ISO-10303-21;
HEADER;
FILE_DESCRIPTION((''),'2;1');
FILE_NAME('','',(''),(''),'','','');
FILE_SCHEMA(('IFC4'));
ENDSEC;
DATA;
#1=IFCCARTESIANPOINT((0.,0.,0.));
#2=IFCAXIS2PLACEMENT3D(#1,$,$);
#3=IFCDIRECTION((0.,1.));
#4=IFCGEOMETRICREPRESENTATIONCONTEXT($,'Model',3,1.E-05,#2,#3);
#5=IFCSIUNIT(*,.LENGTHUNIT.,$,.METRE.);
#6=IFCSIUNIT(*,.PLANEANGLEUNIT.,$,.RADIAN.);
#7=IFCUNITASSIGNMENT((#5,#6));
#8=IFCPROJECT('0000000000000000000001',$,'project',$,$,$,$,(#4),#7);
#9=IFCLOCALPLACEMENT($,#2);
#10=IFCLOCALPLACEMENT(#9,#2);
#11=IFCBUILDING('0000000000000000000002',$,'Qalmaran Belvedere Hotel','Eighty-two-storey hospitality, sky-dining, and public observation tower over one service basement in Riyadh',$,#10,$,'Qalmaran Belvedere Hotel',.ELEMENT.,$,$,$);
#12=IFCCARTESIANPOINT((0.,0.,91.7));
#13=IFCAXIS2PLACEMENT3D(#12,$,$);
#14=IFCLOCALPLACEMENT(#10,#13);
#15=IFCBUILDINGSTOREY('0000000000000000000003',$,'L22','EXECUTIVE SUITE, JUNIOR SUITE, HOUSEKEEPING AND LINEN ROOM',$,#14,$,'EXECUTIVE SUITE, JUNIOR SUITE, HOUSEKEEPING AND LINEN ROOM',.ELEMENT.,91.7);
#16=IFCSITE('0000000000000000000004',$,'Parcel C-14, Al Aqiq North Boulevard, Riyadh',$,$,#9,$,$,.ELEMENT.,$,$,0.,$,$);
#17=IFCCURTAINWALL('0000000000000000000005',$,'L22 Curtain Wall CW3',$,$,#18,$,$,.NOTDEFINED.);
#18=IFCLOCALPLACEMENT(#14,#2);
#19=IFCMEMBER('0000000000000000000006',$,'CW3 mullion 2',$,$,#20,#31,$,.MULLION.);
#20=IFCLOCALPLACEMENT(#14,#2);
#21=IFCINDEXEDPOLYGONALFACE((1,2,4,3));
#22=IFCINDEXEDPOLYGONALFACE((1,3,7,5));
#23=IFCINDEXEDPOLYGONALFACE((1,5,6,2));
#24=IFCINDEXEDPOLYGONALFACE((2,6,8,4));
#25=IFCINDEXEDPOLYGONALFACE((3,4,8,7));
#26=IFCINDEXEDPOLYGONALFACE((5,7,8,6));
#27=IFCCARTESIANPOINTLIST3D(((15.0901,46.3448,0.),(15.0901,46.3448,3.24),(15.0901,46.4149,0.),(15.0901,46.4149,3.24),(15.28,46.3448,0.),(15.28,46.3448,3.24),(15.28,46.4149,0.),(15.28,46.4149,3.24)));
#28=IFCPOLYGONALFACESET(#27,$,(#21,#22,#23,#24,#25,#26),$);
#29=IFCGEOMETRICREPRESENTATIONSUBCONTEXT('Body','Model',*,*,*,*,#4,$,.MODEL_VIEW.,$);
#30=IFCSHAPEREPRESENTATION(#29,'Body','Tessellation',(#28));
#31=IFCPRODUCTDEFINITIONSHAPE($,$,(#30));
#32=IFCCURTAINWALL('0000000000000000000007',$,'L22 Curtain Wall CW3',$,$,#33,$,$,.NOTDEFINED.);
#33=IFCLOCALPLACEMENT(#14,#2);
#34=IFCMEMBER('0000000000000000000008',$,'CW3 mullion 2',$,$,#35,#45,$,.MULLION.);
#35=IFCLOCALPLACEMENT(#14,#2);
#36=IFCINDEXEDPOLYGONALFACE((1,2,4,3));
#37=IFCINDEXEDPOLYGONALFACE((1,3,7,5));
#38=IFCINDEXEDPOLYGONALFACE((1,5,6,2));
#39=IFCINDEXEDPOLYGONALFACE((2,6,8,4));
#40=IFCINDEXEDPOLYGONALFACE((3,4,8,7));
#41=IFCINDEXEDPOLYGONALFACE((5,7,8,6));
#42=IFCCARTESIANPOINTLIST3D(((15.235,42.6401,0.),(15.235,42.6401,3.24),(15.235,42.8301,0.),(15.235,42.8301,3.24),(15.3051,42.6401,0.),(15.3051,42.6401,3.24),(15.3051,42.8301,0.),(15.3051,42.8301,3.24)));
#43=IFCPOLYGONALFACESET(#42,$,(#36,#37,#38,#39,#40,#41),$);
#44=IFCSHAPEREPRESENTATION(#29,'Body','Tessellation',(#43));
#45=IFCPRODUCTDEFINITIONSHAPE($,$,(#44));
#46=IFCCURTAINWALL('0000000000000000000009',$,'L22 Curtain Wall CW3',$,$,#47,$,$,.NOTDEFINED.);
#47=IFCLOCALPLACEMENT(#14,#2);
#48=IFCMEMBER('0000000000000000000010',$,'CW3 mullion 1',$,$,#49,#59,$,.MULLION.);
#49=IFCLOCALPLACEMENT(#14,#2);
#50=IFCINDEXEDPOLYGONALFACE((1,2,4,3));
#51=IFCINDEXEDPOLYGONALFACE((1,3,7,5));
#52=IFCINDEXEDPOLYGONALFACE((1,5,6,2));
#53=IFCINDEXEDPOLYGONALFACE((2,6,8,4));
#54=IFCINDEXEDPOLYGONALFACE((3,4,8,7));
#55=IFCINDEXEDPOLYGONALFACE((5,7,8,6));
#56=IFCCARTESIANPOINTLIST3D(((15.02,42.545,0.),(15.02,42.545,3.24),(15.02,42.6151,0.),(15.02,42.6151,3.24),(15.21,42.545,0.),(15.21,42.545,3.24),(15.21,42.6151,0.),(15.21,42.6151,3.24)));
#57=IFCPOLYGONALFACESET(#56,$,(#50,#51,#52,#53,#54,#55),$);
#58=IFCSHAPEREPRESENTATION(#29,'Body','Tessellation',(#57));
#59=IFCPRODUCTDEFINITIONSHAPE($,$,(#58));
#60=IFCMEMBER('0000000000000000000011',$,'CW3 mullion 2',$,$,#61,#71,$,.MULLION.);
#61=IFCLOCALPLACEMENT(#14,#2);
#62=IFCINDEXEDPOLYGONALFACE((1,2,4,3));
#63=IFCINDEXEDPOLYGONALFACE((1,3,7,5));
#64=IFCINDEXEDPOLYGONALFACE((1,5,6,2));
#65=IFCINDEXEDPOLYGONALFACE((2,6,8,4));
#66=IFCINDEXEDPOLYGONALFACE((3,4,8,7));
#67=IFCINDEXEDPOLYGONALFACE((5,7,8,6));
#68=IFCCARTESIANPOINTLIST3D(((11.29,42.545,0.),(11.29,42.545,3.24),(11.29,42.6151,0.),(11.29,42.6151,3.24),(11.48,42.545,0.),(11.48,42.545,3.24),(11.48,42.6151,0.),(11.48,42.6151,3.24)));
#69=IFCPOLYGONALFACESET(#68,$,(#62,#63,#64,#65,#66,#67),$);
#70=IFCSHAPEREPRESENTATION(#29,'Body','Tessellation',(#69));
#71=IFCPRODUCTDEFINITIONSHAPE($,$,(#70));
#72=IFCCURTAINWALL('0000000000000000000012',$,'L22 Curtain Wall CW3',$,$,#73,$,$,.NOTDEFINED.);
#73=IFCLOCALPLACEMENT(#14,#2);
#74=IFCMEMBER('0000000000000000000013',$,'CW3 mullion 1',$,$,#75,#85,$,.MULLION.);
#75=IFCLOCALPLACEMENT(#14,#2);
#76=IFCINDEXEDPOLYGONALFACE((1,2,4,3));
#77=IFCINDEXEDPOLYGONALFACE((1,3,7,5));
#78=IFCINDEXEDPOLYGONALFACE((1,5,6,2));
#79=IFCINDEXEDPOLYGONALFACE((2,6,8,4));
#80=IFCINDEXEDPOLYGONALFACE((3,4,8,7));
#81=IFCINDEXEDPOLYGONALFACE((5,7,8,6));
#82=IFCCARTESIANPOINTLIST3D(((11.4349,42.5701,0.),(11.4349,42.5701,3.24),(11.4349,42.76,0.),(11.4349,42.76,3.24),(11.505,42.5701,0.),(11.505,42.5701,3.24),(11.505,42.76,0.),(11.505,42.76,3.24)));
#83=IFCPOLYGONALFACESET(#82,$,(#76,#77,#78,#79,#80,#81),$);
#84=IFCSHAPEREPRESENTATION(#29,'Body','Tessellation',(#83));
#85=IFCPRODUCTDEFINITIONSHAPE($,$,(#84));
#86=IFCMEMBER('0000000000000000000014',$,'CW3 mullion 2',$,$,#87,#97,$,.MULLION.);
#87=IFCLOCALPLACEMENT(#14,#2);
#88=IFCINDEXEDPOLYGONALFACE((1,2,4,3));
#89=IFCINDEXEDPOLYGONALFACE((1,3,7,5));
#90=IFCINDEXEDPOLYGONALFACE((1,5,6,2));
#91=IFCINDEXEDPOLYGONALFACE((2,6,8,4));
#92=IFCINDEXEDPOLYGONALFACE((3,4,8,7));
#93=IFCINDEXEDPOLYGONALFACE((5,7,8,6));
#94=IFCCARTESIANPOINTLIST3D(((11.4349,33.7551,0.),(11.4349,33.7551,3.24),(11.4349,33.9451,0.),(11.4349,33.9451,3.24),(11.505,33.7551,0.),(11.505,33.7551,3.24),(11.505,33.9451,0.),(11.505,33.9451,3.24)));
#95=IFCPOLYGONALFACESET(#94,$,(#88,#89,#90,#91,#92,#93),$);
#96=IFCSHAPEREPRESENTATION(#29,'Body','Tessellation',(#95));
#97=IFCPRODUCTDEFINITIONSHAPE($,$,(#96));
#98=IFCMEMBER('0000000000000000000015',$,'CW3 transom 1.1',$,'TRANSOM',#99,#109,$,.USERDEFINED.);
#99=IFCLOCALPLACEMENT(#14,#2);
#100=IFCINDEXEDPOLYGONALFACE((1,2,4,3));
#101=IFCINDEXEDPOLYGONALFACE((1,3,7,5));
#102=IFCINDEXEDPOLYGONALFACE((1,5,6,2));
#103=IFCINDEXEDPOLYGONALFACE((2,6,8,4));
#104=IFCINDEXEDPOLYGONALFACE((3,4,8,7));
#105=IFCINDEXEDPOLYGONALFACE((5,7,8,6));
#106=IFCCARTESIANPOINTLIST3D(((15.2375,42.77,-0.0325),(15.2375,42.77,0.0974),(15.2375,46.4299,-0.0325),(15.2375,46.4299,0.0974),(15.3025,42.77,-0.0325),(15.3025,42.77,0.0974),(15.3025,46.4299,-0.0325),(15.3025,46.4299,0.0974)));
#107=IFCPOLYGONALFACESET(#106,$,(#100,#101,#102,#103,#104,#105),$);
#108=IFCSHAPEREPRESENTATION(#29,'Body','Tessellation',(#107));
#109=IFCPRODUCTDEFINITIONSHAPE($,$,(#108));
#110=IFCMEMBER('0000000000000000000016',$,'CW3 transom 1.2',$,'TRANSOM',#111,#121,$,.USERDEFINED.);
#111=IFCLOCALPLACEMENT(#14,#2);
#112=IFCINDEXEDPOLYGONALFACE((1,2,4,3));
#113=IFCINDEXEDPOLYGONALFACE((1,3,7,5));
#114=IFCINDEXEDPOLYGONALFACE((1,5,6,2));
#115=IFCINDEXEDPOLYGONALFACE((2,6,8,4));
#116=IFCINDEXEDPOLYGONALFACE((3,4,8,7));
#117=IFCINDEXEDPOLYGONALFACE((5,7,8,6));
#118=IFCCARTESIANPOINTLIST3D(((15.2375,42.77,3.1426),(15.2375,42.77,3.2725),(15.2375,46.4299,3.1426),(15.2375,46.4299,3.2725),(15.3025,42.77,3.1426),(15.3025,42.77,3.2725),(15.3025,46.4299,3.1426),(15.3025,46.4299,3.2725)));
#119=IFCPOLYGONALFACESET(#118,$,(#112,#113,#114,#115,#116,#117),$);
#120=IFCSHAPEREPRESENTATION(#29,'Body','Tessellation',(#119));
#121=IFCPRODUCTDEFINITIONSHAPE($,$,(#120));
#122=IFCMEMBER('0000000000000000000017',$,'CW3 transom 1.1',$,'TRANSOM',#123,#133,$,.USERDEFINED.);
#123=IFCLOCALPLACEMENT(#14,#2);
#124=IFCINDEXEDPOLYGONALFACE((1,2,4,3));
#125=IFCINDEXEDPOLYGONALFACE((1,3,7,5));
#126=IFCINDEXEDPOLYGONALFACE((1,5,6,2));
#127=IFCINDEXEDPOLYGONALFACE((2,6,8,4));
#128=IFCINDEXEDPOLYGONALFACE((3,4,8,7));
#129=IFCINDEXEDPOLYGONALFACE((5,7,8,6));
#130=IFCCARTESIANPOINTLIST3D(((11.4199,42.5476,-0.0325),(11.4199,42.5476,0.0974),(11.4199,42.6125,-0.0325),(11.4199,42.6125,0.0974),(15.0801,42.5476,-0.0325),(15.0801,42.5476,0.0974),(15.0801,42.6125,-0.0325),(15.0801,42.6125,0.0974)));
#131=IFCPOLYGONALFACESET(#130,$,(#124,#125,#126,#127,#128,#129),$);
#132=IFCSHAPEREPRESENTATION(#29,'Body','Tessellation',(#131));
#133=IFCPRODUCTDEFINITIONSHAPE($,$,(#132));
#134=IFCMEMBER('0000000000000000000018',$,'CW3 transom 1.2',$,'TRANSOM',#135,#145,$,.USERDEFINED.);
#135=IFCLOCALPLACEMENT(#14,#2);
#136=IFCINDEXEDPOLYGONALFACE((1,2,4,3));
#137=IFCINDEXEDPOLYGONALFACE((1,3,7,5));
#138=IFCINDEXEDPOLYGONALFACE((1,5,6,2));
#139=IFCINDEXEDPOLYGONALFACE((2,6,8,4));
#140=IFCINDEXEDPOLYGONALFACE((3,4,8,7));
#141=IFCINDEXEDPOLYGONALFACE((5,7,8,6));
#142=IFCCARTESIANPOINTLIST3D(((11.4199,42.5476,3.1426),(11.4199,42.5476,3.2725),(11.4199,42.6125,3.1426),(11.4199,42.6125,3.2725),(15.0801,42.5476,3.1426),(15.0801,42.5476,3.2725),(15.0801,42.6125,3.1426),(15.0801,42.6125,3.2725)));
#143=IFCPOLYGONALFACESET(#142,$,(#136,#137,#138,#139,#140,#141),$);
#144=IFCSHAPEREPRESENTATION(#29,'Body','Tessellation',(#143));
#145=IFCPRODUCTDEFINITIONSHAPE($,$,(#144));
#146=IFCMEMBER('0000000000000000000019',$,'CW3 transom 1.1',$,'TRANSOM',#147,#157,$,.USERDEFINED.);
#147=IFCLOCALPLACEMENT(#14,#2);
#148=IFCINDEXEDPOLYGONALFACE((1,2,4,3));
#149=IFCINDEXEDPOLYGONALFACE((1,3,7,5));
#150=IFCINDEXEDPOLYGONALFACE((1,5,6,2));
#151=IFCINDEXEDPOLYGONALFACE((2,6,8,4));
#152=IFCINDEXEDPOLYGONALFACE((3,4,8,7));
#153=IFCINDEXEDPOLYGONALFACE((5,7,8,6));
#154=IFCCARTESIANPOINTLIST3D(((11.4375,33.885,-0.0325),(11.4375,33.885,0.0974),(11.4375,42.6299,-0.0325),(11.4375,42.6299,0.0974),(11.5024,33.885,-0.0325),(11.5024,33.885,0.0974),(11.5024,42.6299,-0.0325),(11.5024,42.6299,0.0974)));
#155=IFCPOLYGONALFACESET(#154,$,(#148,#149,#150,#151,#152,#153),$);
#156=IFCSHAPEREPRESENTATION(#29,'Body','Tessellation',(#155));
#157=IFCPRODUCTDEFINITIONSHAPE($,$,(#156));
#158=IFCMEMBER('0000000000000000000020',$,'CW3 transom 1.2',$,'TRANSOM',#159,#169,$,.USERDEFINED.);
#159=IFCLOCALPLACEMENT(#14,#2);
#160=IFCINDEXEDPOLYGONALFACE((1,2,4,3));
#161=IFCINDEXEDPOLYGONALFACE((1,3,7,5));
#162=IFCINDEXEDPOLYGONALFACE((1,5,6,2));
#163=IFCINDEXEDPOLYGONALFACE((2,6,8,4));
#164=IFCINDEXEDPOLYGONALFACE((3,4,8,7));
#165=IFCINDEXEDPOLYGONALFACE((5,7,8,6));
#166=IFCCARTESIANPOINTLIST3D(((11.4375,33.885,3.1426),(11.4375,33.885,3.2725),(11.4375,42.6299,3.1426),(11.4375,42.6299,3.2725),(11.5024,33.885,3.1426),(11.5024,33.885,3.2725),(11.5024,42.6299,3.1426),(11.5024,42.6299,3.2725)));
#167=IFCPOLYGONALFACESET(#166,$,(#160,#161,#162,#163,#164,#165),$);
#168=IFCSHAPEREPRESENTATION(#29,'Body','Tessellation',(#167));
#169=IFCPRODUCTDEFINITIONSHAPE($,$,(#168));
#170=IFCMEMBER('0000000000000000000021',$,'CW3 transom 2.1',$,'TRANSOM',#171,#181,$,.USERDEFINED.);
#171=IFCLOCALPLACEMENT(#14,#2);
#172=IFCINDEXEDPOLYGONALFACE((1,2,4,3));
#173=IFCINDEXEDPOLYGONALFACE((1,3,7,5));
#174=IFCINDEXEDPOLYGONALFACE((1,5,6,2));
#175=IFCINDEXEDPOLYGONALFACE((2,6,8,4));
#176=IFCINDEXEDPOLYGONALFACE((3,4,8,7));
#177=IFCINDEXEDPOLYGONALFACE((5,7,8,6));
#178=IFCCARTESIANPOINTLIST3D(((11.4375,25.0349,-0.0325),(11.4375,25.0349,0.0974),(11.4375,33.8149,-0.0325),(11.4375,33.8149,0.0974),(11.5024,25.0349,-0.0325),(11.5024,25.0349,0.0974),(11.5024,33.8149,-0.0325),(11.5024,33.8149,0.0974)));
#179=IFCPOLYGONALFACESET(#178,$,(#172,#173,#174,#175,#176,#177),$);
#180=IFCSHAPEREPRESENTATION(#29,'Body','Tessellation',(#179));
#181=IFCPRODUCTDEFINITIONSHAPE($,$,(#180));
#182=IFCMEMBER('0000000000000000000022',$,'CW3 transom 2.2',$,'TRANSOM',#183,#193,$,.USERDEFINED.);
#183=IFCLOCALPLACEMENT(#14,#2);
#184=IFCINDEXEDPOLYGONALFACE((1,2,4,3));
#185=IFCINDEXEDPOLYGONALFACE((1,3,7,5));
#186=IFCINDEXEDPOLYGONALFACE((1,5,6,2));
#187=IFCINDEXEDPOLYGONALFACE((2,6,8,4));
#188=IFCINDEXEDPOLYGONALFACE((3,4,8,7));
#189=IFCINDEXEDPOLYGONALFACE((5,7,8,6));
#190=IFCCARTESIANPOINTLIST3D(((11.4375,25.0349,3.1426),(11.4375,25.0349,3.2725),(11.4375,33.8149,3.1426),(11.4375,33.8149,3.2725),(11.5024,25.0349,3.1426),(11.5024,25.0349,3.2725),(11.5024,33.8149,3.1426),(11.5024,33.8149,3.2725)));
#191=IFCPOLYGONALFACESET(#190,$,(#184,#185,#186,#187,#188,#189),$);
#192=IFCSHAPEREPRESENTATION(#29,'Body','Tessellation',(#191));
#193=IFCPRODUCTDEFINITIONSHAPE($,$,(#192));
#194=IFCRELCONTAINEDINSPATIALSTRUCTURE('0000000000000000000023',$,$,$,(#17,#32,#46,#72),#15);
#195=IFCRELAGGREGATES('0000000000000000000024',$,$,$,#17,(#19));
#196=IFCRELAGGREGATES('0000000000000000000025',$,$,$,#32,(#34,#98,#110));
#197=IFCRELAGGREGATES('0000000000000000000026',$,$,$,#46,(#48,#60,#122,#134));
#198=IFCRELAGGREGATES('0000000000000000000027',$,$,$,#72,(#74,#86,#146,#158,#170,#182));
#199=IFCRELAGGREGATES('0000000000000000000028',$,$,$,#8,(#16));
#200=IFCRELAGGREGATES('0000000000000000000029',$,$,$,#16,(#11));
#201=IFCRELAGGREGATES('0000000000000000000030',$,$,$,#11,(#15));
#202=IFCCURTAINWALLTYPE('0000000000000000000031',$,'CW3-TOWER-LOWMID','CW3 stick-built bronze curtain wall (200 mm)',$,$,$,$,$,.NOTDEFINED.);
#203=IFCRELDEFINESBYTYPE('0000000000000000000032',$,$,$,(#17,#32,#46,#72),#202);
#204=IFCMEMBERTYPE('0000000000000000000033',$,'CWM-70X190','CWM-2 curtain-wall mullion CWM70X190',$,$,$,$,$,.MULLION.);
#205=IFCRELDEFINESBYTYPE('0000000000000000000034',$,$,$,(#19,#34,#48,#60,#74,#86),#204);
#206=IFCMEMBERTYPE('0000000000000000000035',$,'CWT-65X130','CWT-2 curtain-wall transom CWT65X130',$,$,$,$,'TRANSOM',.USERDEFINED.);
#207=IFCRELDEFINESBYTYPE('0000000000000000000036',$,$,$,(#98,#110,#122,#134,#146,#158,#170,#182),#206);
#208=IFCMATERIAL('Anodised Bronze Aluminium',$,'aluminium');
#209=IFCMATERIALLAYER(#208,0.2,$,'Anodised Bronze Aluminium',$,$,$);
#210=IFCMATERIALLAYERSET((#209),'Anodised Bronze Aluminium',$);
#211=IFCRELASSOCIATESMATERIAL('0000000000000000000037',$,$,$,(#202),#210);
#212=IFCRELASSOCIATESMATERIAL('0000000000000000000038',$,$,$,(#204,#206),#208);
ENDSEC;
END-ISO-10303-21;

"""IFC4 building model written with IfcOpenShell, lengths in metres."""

from ifc_helpers import new_model, si_unit, direction, frame, origin, origin_2d, place, context, subcontext, project, spatial, rectangle, extrude, material, layer, layer_set, material_profile, profile_set, type_object, element, aggregate, save


model = new_model("IFC4")

# Units and contexts
model_context = context("Model", 3, precision=1e-05, world=origin(), true_north=direction((0.0, 1.0)))
body_context = subcontext(model_context, "Body", "Model", "MODEL_VIEW")
ifc_project = project(units=[si_unit("LENGTHUNIT", "METRE"), si_unit("PLANEANGLEUNIT", "RADIAN")], contexts=[model_context])

# Site, building, storey
site_placement = place(None, origin())
site = spatial("IfcSite", under=ifc_project, at=site_placement, Name="Parcel C-14, Al Aqiq North Boulevard, Riyadh", CompositionType="ELEMENT", RefElevation=0.0)
building_placement = place(site_placement, origin())
building = spatial("IfcBuilding", under=site, at=building_placement, Name="Qalmaran Belvedere Hotel", Description="Eighty-two-storey hospitality, sky-dining, and public observation tower over one service basement in Riyadh", LongName="Qalmaran Belvedere Hotel", CompositionType="ELEMENT")
storey_placement = place(building_placement, frame((0.0, 0.0, 91.7)))
storey = spatial("IfcBuildingStorey", under=building, at=storey_placement, Name="L22", Description="EXECUTIVE SUITE, JUNIOR SUITE, HOUSEKEEPING AND LINEN ROOM", LongName="EXECUTIVE SUITE, JUNIOR SUITE, HOUSEKEEPING AND LINEN ROOM", CompositionType="ELEMENT", Elevation=91.7)

# Curtain walls, members
ifc_material_1 = material(Name="Anodised Bronze Aluminium", Category="aluminium")
ifc_layer_1 = layer(ifc_material_1, 0.2, Name="Anodised Bronze Aluminium")
ifc_layer_set_1 = layer_set([ifc_layer_1], Name="Anodised Bronze Aluminium")
curtain_wall_type = type_object("IfcCurtainWallType", Name="CW3-TOWER-LOWMID", Description="CW3 stick-built bronze curtain wall (200 mm)", PredefinedType="NOTDEFINED", material=ifc_layer_set_1)
curtain_wall_1_placement = place(storey_placement, origin())
curtain_wall_1 = element("IfcCurtainWall", 1, at=curtain_wall_1_placement, inside=storey, type_object=curtain_wall_type, Name="L22 Curtain Wall CW3", PredefinedType="NOTDEFINED")
ifc_material_profile_1 = material_profile(ifc_material_1, rectangle(XDim=0.0701, YDim=0.1899, at=origin_2d()), Name="CWM70X190")
ifc_profile_set_1 = profile_set([ifc_material_profile_1], Name="Anodised Bronze Aluminium")
member_type_1 = type_object("IfcMemberType", Name="CWM-70X190", Description="CWM-2 curtain-wall mullion CWM70X190", PredefinedType="MULLION", material=ifc_profile_set_1)
member_1_placement = place(storey_placement, frame((15.1851, 46.3799, 0.0), z_axis=(0.0, 0.0, 1.0), x_axis=(0.0, -1.0, 0.0)))
member_1 = element("IfcMember", 2, at=member_1_placement, type_object=member_type_1, Name="CW3 mullion 2", PredefinedType="MULLION", context=body_context, shape_type="SweptSolid", body=[
    extrude(rectangle(XDim=0.0701, YDim=0.1899, at=origin_2d()), origin(), (0.0, 0.0, 1.0), 3.24),
])
aggregate(curtain_wall_1, [member_1])
curtain_wall_2_placement = place(storey_placement, origin())
curtain_wall_2 = element("IfcCurtainWall", 3, at=curtain_wall_2_placement, inside=storey, type_object=curtain_wall_type, Name="L22 Curtain Wall CW3", PredefinedType="NOTDEFINED")
member_2_placement = place(storey_placement, frame((15.27, 42.7351, 0.0), z_axis=(0.0, 0.0, 1.0), x_axis=(1.0, 0.0, 0.0)))
member_2 = element("IfcMember", 4, at=member_2_placement, type_object=member_type_1, Name="CW3 mullion 2", PredefinedType="MULLION", context=body_context, shape_type="SweptSolid", body=[
    extrude(rectangle(XDim=0.0701, YDim=0.1899, at=origin_2d()), origin(), (0.0, 0.0, 1.0), 3.24),
])

# Curtain walls, members
curtain_wall_3_placement = place(storey_placement, origin())
curtain_wall_3 = element("IfcCurtainWall", 5, at=curtain_wall_3_placement, inside=storey, type_object=curtain_wall_type, Name="L22 Curtain Wall CW3", PredefinedType="NOTDEFINED")
member_3_placement = place(storey_placement, frame((15.115, 42.5801, 0.0), z_axis=(0.0, 0.0, 1.0), x_axis=(0.0, -1.0, 0.0)))
member_3 = element("IfcMember", 6, at=member_3_placement, type_object=member_type_1, Name="CW3 mullion 1", PredefinedType="MULLION", context=body_context, shape_type="SweptSolid", body=[
    extrude(rectangle(XDim=0.0701, YDim=0.1899, at=origin_2d()), origin(), (0.0, 0.0, 1.0), 3.24),
])
member_4_placement = place(storey_placement, frame((11.385, 42.5801, 0.0), z_axis=(0.0, 0.0, 1.0), x_axis=(0.0, -1.0, 0.0)))
member_4 = element("IfcMember", 7, at=member_4_placement, type_object=member_type_1, Name="CW3 mullion 2", PredefinedType="MULLION", context=body_context, shape_type="SweptSolid", body=[
    extrude(rectangle(XDim=0.0701, YDim=0.1899, at=origin_2d()), origin(), (0.0, 0.0, 1.0), 3.24),
])
curtain_wall_4_placement = place(storey_placement, origin())
curtain_wall_4 = element("IfcCurtainWall", 8, at=curtain_wall_4_placement, inside=storey, type_object=curtain_wall_type, Name="L22 Curtain Wall CW3", PredefinedType="NOTDEFINED")
member_5_placement = place(storey_placement, frame((11.47, 42.665, 0.0), z_axis=(0.0, 0.0, 1.0), x_axis=(1.0, 0.0, 0.0)))
member_5 = element("IfcMember", 9, at=member_5_placement, type_object=member_type_1, Name="CW3 mullion 1", PredefinedType="MULLION", context=body_context, shape_type="SweptSolid", body=[
    extrude(rectangle(XDim=0.0701, YDim=0.1899, at=origin_2d()), origin(), (0.0, 0.0, 1.0), 3.24),
])
member_6_placement = place(storey_placement, frame((11.47, 33.8501, 0.0), z_axis=(0.0, 0.0, 1.0), x_axis=(1.0, 0.0, 0.0)))
member_6 = element("IfcMember", 10, at=member_6_placement, type_object=member_type_1, Name="CW3 mullion 2", PredefinedType="MULLION", context=body_context, shape_type="SweptSolid", body=[
    extrude(rectangle(XDim=0.0701, YDim=0.1899, at=origin_2d()), origin(), (0.0, 0.0, 1.0), 3.24),
])

# Members
ifc_material_profile_2 = material_profile(ifc_material_1, rectangle(XDim=0.0649, YDim=0.1299, at=origin_2d()), Name="CWT65X130")
ifc_profile_set_2 = profile_set([ifc_material_profile_2], Name="Anodised Bronze Aluminium")
member_type_2 = type_object("IfcMemberType", Name="CWT-65X130", Description="CWT-2 curtain-wall transom CWT65X130", ElementType="TRANSOM", PredefinedType="USERDEFINED", material=ifc_profile_set_2)
member_7_placement = place(storey_placement, frame((15.27, 46.4299, 0.0325), z_axis=(0.0, -1.0, 0.0), x_axis=(1.0, 0.0, 0.0)))
member_7 = element("IfcMember", 11, at=member_7_placement, type_object=member_type_2, Name="CW3 transom 1.1", ObjectType="TRANSOM", PredefinedType="USERDEFINED", context=body_context, shape_type="SweptSolid", body=[
    extrude(rectangle(XDim=0.0649, YDim=0.1299, at=origin_2d()), origin(), (0.0, 0.0, 1.0), 3.6599),
])
member_8_placement = place(storey_placement, frame((15.27, 46.4299, 3.2075), z_axis=(0.0, -1.0, 0.0), x_axis=(1.0, 0.0, 0.0)))
member_8 = element("IfcMember", 12, at=member_8_placement, type_object=member_type_2, Name="CW3 transom 1.2", ObjectType="TRANSOM", PredefinedType="USERDEFINED", context=body_context, shape_type="SweptSolid", body=[
    extrude(rectangle(XDim=0.0649, YDim=0.1299, at=origin_2d()), origin(), (0.0, 0.0, 1.0), 3.6599),
])
member_9_placement = place(storey_placement, frame((15.0801, 42.5801, 0.0325), z_axis=(-1.0, 0.0, 0.0), x_axis=(0.0, -1.0, 0.0)))
member_9 = element("IfcMember", 13, at=member_9_placement, type_object=member_type_2, Name="CW3 transom 1.1", ObjectType="TRANSOM", PredefinedType="USERDEFINED", context=body_context, shape_type="SweptSolid", body=[
    extrude(rectangle(XDim=0.0649, YDim=0.1299, at=origin_2d()), origin(), (0.0, 0.0, 1.0), 3.6602),
])
member_10_placement = place(storey_placement, frame((15.0801, 42.5801, 3.2075), z_axis=(-1.0, 0.0, 0.0), x_axis=(0.0, -1.0, 0.0)))
member_10 = element("IfcMember", 14, at=member_10_placement, type_object=member_type_2, Name="CW3 transom 1.2", ObjectType="TRANSOM", PredefinedType="USERDEFINED", context=body_context, shape_type="SweptSolid", body=[
    extrude(rectangle(XDim=0.0649, YDim=0.1299, at=origin_2d()), origin(), (0.0, 0.0, 1.0), 3.6602),
])
member_11_placement = place(storey_placement, frame((11.47, 42.6299, 0.0325), z_axis=(0.0, -1.0, 0.0), x_axis=(1.0, 0.0, 0.0)))
member_11 = element("IfcMember", 15, at=member_11_placement, type_object=member_type_2, Name="CW3 transom 1.1", ObjectType="TRANSOM", PredefinedType="USERDEFINED", context=body_context, shape_type="SweptSolid", body=[
    extrude(rectangle(XDim=0.0649, YDim=0.1299, at=origin_2d()), origin(), (0.0, 0.0, 1.0), 8.7449),
])
member_12_placement = place(storey_placement, frame((11.47, 42.6299, 3.2075), z_axis=(0.0, -1.0, 0.0), x_axis=(1.0, 0.0, 0.0)))
member_12 = element("IfcMember", 16, at=member_12_placement, type_object=member_type_2, Name="CW3 transom 1.2", ObjectType="TRANSOM", PredefinedType="USERDEFINED", context=body_context, shape_type="SweptSolid", body=[
    extrude(rectangle(XDim=0.0649, YDim=0.1299, at=origin_2d()), origin(), (0.0, 0.0, 1.0), 8.7449),
])
member_13_placement = place(storey_placement, frame((11.47, 33.8149, 0.0325), z_axis=(0.0, -1.0, 0.0), x_axis=(1.0, 0.0, 0.0)))
member_13 = element("IfcMember", 17, at=member_13_placement, type_object=member_type_2, Name="CW3 transom 2.1", ObjectType="TRANSOM", PredefinedType="USERDEFINED", context=body_context, shape_type="SweptSolid", body=[
    extrude(rectangle(XDim=0.0649, YDim=0.1299, at=origin_2d()), origin(), (0.0, 0.0, 1.0), 8.78),
])
member_14_placement = place(storey_placement, frame((11.47, 33.8149, 3.2075), z_axis=(0.0, -1.0, 0.0), x_axis=(1.0, 0.0, 0.0)))
member_14 = element("IfcMember", 18, at=member_14_placement, type_object=member_type_2, Name="CW3 transom 2.2", ObjectType="TRANSOM", PredefinedType="USERDEFINED", context=body_context, shape_type="SweptSolid", body=[
    extrude(rectangle(XDim=0.0649, YDim=0.1299, at=origin_2d()), origin(), (0.0, 0.0, 1.0), 8.78),
])

aggregate(curtain_wall_2, [member_2, member_7, member_8])
aggregate(curtain_wall_3, [member_3, member_4, member_9, member_10])
aggregate(curtain_wall_4, [member_5, member_6, member_11, member_12, member_13, member_14])

save(model, "model.ifc")
